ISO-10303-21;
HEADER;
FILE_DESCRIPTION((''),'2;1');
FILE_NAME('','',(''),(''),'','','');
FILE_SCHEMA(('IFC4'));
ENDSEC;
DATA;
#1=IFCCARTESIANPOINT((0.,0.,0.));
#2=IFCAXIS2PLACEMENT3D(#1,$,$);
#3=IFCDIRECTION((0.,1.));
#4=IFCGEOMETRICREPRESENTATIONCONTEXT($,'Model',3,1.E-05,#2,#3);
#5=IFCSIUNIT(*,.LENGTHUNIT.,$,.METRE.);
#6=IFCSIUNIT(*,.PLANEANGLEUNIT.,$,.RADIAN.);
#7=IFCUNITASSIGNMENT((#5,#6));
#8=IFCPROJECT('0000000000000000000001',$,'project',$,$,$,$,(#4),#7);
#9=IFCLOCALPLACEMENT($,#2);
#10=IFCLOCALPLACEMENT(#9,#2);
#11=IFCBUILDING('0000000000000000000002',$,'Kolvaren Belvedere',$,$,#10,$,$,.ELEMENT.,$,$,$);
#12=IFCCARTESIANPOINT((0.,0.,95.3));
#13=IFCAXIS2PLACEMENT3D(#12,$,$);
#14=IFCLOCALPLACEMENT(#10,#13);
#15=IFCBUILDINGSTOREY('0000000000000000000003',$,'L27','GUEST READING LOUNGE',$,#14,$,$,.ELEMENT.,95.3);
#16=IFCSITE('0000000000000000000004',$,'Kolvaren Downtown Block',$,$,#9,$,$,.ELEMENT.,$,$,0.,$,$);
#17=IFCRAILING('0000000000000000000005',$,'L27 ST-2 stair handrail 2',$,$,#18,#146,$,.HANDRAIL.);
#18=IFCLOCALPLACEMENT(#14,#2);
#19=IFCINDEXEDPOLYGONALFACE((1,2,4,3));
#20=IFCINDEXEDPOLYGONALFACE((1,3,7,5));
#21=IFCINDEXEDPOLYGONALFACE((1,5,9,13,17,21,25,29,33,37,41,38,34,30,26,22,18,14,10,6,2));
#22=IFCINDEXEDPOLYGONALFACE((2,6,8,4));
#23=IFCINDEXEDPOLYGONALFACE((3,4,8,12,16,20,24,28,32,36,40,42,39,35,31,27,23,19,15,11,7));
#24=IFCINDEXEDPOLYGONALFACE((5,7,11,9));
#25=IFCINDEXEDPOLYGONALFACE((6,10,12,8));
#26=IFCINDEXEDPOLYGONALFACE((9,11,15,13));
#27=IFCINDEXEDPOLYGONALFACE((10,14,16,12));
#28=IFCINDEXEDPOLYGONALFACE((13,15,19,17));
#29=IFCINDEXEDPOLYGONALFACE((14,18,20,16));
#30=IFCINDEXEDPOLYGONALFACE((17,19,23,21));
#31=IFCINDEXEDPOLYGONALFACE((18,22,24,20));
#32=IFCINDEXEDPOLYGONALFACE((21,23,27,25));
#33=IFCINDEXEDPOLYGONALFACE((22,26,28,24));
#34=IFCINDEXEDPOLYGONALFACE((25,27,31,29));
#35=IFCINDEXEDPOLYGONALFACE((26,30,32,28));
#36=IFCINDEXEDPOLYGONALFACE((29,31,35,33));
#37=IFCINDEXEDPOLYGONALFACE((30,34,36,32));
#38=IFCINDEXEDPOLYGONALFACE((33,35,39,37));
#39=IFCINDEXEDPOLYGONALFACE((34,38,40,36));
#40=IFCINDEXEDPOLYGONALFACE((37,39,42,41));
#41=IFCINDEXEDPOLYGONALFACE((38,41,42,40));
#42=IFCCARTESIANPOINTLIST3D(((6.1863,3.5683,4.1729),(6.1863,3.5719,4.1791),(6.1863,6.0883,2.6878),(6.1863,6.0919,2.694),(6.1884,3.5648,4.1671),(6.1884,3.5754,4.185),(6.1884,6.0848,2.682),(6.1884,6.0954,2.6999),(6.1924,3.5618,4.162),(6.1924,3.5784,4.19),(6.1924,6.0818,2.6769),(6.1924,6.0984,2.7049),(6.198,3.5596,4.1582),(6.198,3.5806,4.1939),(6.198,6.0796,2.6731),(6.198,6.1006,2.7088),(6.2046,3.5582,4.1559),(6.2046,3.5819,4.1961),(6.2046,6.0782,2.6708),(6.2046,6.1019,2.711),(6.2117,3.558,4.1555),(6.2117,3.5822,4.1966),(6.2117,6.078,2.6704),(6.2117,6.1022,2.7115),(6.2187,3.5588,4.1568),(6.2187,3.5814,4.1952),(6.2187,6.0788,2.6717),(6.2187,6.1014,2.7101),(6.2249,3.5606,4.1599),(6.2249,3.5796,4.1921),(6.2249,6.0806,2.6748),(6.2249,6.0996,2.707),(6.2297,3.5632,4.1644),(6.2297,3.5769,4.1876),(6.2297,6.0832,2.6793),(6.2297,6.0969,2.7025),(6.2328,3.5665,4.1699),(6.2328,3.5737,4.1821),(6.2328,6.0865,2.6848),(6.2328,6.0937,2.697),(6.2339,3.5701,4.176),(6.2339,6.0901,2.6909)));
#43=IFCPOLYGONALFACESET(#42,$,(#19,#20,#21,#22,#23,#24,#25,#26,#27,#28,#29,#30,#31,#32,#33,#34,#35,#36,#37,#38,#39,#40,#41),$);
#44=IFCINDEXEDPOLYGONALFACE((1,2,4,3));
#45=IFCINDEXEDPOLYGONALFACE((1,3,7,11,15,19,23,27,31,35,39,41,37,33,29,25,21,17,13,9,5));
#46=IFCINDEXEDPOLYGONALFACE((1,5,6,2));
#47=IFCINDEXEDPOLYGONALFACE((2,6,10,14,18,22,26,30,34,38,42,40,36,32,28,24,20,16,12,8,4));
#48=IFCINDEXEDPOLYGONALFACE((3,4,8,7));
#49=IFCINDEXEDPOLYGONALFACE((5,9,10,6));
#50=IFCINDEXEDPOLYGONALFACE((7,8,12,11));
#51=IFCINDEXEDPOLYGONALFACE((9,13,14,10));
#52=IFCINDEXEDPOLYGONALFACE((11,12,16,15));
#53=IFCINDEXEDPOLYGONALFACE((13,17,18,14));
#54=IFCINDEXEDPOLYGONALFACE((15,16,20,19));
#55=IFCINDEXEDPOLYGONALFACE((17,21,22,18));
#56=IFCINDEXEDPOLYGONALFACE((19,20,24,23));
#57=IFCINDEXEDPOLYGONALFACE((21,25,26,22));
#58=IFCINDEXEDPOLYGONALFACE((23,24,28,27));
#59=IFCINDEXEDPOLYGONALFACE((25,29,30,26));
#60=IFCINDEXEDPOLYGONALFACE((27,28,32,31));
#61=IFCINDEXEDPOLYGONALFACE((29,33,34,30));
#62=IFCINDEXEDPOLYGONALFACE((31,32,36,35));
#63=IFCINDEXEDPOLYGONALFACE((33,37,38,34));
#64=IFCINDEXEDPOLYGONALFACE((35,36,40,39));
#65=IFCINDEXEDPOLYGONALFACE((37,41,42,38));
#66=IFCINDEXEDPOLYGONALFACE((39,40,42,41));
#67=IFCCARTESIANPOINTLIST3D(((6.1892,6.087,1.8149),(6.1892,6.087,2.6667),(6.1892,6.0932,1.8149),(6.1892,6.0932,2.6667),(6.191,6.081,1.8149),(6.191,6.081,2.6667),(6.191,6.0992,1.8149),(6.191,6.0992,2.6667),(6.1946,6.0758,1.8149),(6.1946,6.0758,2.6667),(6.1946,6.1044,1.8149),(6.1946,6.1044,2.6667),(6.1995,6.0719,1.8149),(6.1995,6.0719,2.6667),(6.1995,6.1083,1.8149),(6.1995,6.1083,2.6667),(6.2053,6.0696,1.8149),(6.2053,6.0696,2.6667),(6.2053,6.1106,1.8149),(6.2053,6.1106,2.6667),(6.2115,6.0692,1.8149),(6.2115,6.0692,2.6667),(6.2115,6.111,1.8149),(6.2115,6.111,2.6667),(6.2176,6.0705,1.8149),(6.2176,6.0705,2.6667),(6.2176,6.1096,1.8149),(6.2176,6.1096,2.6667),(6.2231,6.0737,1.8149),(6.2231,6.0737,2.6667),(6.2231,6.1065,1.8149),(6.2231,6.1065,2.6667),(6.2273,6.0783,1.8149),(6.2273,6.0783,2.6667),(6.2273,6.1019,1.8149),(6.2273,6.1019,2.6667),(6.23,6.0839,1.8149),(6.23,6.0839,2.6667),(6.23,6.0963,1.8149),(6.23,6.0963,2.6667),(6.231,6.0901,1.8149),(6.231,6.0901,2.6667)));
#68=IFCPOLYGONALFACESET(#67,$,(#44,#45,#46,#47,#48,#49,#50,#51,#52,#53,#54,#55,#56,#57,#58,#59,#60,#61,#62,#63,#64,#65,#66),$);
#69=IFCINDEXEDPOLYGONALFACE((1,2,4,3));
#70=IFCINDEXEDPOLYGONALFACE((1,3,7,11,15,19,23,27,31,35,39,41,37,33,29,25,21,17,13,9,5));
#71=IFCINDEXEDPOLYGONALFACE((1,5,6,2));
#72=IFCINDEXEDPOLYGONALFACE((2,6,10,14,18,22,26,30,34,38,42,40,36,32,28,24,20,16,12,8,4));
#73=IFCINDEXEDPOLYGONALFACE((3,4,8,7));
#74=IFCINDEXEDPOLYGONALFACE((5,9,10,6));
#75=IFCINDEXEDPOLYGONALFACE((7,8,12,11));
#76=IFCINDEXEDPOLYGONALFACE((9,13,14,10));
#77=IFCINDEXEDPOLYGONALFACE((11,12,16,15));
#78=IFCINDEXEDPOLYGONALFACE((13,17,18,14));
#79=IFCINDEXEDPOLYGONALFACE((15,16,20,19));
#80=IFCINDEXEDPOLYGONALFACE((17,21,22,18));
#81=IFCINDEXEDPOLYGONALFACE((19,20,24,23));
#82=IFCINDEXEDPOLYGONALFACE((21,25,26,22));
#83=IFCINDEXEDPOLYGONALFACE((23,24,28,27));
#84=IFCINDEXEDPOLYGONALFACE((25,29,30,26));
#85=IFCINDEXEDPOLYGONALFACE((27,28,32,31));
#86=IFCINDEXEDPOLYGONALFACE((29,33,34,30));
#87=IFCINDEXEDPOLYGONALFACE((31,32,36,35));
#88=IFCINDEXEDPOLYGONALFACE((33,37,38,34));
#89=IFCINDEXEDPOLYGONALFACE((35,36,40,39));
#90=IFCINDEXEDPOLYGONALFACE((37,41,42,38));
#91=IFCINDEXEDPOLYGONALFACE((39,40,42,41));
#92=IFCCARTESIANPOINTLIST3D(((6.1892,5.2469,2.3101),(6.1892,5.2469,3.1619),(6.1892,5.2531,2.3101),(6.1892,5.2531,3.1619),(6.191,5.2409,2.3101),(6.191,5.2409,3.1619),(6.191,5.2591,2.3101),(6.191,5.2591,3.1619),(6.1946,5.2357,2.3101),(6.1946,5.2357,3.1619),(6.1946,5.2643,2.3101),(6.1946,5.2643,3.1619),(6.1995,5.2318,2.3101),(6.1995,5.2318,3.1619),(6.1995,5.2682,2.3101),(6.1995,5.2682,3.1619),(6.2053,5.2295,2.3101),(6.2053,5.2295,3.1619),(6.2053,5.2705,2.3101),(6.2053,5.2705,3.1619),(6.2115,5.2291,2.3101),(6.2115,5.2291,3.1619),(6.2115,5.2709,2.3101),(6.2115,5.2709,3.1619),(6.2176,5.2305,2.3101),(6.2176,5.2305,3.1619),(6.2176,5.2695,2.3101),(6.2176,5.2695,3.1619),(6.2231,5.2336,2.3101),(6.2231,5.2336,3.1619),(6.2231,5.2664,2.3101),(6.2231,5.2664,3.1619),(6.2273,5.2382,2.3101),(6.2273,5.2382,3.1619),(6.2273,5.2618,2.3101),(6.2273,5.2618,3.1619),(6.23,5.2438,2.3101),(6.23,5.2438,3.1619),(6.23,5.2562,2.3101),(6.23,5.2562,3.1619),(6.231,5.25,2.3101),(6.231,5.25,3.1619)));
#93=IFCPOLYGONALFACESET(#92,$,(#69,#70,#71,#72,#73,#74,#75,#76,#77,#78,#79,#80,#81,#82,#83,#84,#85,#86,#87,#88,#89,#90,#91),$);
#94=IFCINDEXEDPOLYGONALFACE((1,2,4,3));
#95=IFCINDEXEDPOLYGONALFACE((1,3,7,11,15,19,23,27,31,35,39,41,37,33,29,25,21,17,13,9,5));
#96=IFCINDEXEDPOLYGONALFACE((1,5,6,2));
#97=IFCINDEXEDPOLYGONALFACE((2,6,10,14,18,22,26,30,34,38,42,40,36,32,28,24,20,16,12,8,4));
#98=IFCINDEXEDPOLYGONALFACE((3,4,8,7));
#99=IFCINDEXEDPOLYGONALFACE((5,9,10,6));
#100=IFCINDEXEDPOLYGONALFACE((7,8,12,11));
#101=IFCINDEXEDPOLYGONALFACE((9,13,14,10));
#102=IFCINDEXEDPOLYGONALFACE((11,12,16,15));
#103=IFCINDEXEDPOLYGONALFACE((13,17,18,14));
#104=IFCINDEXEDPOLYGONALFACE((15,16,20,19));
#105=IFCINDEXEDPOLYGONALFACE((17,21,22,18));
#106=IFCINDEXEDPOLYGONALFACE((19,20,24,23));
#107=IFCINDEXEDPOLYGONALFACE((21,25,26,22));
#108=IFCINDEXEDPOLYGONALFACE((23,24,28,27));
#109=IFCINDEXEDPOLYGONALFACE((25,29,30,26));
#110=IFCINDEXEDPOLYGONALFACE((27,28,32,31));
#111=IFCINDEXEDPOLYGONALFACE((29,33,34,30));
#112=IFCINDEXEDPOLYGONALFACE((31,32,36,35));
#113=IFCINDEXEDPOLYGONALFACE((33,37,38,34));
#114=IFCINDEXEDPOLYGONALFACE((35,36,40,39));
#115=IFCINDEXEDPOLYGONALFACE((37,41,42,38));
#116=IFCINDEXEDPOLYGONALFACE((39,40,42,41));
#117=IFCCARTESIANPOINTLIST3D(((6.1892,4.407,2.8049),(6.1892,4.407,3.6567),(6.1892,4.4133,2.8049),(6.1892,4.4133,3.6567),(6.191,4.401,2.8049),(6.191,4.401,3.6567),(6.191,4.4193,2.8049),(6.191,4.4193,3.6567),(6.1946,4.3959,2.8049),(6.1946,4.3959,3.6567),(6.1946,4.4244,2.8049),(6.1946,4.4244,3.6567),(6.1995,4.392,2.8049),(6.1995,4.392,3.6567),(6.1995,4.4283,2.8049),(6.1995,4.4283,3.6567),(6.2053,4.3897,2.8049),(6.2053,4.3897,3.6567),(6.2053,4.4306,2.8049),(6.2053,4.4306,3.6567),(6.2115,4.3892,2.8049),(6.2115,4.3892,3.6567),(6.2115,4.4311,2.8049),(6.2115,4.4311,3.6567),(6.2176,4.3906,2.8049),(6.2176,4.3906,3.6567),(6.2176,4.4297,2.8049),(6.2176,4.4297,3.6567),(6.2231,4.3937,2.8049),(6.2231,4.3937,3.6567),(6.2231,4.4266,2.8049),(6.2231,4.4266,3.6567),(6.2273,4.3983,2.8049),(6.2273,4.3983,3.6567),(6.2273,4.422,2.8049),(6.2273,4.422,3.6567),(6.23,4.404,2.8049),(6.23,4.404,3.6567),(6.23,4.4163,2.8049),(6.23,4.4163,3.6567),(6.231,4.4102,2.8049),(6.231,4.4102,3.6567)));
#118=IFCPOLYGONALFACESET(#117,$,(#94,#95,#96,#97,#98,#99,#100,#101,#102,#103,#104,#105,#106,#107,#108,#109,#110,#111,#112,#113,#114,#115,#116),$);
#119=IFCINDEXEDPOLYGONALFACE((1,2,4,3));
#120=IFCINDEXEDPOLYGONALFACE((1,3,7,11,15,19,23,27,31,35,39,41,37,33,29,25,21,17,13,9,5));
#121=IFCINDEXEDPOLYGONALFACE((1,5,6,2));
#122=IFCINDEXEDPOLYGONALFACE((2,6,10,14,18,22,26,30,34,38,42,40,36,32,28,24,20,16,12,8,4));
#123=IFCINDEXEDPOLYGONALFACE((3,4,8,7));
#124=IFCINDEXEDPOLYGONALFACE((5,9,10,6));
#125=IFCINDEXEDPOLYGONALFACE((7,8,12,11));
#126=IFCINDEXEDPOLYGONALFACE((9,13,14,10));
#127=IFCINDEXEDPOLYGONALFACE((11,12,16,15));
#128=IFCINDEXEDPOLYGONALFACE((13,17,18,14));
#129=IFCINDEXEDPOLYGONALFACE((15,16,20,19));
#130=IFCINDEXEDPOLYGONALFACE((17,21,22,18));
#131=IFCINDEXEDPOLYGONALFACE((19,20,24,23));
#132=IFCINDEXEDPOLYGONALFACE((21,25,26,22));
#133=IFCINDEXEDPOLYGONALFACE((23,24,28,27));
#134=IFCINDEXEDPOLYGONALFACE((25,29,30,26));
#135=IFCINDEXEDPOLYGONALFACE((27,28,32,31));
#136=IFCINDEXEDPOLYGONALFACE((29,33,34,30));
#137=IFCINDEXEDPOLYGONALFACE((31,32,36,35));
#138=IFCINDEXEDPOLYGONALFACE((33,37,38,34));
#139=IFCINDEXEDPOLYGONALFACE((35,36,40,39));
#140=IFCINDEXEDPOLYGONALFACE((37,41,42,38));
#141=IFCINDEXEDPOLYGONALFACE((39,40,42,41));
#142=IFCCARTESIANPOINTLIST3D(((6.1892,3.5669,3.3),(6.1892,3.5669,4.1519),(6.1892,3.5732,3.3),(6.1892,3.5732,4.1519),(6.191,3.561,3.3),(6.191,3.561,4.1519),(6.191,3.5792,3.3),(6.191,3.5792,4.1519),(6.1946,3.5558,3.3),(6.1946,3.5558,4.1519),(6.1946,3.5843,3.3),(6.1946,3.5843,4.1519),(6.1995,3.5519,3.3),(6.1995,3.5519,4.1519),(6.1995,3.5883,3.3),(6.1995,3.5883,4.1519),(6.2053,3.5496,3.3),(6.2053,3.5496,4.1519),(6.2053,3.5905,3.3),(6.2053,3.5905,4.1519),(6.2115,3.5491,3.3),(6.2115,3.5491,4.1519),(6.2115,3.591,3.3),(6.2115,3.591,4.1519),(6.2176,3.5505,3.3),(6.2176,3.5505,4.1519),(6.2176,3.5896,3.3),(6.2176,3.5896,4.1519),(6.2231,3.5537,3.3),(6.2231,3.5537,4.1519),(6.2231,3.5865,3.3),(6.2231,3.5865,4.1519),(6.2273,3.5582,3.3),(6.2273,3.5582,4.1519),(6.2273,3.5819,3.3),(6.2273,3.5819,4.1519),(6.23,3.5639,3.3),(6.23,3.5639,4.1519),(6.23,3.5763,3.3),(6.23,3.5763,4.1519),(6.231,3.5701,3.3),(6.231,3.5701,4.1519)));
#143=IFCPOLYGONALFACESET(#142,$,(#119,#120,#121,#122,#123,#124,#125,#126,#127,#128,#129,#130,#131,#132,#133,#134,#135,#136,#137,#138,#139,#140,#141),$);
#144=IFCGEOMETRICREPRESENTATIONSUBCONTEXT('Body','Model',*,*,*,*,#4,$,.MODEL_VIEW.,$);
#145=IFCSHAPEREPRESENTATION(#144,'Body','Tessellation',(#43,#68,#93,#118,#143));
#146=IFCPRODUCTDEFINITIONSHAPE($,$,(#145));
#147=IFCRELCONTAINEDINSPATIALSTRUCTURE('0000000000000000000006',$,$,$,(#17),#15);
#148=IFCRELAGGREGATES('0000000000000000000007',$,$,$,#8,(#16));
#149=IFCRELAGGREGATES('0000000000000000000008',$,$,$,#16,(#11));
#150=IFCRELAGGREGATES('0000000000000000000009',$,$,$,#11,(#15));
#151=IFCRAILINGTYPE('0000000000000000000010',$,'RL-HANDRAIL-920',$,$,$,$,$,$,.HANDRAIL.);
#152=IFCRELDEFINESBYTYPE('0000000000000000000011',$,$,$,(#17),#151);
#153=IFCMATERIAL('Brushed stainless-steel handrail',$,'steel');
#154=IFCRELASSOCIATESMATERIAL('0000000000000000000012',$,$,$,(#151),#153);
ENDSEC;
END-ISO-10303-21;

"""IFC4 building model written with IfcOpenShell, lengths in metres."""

from ifc_helpers import new_model, si_unit, direction, frame, origin, origin_2d, place, context, subcontext, project, spatial, circle, extrude, material, type_object, element, save


model = new_model("IFC4")

# Units and contexts
model_context = context("Model", 3, precision=1e-05, world=origin(), true_north=direction((0.0, 1.0)))
body_context = subcontext(model_context, "Body", "Model", "MODEL_VIEW")
ifc_project = project(units=[si_unit("LENGTHUNIT", "METRE"), si_unit("PLANEANGLEUNIT", "RADIAN")], contexts=[model_context])

# Site, building, storey
site_placement = place(None, origin())
site = spatial("IfcSite", under=ifc_project, at=site_placement, Name="Kolvaren Downtown Block", CompositionType="ELEMENT", RefElevation=0.0)
building_placement = place(site_placement, origin())
building = spatial("IfcBuilding", under=site, at=building_placement, Name="Kolvaren Belvedere", CompositionType="ELEMENT")
storey_placement = place(building_placement, frame((0.0, 0.0, 95.3)))
storey = spatial("IfcBuildingStorey", under=building, at=storey_placement, Name="L27", Description="GUEST READING LOUNGE", CompositionType="ELEMENT", Elevation=95.3)

# Railing
ifc_material_1 = material(Name="Brushed stainless-steel handrail", Category="steel")
railing_type_1 = type_object("IfcRailingType", Name="RL-HANDRAIL-920", PredefinedType="HANDRAIL", material=ifc_material_1)
railing_1_placement = place(storey_placement, frame((6.21, 6.0901, 1.8149)))
element("IfcRailing", 1, at=railing_1_placement, inside=storey, type_object=railing_type_1, Name="L27 ST-2 stair handrail 2", PredefinedType="HANDRAIL", context=body_context, shape_type="SweptSolid", body=[
    extrude(circle(Radius=0.0239, at=origin_2d()), frame((0.0, 0.0, 0.876), z_axis=(0.0, -0.861524, 0.507717), x_axis=(1.0, 0.0, 0.0)), (0.0, 0.0, 1.0), 2.925),
    extrude(circle(Radius=0.021, at=origin_2d()), origin(), (0.0, 0.0, 1.0), 0.8518),
    extrude(circle(Radius=0.021, at=origin_2d()), frame((0.0, -0.8401, 0.4951)), (0.0, 0.0, 1.0), 0.8518),
    extrude(circle(Radius=0.021, at=origin_2d()), frame((0.0, -1.6799, 0.99)), (0.0, 0.0, 1.0), 0.8518),
    extrude(circle(Radius=0.021, at=origin_2d()), frame((0.0, -2.52, 1.4851)), (0.0, 0.0, 1.0), 0.8518),
])

save(model, "model.ifc")
